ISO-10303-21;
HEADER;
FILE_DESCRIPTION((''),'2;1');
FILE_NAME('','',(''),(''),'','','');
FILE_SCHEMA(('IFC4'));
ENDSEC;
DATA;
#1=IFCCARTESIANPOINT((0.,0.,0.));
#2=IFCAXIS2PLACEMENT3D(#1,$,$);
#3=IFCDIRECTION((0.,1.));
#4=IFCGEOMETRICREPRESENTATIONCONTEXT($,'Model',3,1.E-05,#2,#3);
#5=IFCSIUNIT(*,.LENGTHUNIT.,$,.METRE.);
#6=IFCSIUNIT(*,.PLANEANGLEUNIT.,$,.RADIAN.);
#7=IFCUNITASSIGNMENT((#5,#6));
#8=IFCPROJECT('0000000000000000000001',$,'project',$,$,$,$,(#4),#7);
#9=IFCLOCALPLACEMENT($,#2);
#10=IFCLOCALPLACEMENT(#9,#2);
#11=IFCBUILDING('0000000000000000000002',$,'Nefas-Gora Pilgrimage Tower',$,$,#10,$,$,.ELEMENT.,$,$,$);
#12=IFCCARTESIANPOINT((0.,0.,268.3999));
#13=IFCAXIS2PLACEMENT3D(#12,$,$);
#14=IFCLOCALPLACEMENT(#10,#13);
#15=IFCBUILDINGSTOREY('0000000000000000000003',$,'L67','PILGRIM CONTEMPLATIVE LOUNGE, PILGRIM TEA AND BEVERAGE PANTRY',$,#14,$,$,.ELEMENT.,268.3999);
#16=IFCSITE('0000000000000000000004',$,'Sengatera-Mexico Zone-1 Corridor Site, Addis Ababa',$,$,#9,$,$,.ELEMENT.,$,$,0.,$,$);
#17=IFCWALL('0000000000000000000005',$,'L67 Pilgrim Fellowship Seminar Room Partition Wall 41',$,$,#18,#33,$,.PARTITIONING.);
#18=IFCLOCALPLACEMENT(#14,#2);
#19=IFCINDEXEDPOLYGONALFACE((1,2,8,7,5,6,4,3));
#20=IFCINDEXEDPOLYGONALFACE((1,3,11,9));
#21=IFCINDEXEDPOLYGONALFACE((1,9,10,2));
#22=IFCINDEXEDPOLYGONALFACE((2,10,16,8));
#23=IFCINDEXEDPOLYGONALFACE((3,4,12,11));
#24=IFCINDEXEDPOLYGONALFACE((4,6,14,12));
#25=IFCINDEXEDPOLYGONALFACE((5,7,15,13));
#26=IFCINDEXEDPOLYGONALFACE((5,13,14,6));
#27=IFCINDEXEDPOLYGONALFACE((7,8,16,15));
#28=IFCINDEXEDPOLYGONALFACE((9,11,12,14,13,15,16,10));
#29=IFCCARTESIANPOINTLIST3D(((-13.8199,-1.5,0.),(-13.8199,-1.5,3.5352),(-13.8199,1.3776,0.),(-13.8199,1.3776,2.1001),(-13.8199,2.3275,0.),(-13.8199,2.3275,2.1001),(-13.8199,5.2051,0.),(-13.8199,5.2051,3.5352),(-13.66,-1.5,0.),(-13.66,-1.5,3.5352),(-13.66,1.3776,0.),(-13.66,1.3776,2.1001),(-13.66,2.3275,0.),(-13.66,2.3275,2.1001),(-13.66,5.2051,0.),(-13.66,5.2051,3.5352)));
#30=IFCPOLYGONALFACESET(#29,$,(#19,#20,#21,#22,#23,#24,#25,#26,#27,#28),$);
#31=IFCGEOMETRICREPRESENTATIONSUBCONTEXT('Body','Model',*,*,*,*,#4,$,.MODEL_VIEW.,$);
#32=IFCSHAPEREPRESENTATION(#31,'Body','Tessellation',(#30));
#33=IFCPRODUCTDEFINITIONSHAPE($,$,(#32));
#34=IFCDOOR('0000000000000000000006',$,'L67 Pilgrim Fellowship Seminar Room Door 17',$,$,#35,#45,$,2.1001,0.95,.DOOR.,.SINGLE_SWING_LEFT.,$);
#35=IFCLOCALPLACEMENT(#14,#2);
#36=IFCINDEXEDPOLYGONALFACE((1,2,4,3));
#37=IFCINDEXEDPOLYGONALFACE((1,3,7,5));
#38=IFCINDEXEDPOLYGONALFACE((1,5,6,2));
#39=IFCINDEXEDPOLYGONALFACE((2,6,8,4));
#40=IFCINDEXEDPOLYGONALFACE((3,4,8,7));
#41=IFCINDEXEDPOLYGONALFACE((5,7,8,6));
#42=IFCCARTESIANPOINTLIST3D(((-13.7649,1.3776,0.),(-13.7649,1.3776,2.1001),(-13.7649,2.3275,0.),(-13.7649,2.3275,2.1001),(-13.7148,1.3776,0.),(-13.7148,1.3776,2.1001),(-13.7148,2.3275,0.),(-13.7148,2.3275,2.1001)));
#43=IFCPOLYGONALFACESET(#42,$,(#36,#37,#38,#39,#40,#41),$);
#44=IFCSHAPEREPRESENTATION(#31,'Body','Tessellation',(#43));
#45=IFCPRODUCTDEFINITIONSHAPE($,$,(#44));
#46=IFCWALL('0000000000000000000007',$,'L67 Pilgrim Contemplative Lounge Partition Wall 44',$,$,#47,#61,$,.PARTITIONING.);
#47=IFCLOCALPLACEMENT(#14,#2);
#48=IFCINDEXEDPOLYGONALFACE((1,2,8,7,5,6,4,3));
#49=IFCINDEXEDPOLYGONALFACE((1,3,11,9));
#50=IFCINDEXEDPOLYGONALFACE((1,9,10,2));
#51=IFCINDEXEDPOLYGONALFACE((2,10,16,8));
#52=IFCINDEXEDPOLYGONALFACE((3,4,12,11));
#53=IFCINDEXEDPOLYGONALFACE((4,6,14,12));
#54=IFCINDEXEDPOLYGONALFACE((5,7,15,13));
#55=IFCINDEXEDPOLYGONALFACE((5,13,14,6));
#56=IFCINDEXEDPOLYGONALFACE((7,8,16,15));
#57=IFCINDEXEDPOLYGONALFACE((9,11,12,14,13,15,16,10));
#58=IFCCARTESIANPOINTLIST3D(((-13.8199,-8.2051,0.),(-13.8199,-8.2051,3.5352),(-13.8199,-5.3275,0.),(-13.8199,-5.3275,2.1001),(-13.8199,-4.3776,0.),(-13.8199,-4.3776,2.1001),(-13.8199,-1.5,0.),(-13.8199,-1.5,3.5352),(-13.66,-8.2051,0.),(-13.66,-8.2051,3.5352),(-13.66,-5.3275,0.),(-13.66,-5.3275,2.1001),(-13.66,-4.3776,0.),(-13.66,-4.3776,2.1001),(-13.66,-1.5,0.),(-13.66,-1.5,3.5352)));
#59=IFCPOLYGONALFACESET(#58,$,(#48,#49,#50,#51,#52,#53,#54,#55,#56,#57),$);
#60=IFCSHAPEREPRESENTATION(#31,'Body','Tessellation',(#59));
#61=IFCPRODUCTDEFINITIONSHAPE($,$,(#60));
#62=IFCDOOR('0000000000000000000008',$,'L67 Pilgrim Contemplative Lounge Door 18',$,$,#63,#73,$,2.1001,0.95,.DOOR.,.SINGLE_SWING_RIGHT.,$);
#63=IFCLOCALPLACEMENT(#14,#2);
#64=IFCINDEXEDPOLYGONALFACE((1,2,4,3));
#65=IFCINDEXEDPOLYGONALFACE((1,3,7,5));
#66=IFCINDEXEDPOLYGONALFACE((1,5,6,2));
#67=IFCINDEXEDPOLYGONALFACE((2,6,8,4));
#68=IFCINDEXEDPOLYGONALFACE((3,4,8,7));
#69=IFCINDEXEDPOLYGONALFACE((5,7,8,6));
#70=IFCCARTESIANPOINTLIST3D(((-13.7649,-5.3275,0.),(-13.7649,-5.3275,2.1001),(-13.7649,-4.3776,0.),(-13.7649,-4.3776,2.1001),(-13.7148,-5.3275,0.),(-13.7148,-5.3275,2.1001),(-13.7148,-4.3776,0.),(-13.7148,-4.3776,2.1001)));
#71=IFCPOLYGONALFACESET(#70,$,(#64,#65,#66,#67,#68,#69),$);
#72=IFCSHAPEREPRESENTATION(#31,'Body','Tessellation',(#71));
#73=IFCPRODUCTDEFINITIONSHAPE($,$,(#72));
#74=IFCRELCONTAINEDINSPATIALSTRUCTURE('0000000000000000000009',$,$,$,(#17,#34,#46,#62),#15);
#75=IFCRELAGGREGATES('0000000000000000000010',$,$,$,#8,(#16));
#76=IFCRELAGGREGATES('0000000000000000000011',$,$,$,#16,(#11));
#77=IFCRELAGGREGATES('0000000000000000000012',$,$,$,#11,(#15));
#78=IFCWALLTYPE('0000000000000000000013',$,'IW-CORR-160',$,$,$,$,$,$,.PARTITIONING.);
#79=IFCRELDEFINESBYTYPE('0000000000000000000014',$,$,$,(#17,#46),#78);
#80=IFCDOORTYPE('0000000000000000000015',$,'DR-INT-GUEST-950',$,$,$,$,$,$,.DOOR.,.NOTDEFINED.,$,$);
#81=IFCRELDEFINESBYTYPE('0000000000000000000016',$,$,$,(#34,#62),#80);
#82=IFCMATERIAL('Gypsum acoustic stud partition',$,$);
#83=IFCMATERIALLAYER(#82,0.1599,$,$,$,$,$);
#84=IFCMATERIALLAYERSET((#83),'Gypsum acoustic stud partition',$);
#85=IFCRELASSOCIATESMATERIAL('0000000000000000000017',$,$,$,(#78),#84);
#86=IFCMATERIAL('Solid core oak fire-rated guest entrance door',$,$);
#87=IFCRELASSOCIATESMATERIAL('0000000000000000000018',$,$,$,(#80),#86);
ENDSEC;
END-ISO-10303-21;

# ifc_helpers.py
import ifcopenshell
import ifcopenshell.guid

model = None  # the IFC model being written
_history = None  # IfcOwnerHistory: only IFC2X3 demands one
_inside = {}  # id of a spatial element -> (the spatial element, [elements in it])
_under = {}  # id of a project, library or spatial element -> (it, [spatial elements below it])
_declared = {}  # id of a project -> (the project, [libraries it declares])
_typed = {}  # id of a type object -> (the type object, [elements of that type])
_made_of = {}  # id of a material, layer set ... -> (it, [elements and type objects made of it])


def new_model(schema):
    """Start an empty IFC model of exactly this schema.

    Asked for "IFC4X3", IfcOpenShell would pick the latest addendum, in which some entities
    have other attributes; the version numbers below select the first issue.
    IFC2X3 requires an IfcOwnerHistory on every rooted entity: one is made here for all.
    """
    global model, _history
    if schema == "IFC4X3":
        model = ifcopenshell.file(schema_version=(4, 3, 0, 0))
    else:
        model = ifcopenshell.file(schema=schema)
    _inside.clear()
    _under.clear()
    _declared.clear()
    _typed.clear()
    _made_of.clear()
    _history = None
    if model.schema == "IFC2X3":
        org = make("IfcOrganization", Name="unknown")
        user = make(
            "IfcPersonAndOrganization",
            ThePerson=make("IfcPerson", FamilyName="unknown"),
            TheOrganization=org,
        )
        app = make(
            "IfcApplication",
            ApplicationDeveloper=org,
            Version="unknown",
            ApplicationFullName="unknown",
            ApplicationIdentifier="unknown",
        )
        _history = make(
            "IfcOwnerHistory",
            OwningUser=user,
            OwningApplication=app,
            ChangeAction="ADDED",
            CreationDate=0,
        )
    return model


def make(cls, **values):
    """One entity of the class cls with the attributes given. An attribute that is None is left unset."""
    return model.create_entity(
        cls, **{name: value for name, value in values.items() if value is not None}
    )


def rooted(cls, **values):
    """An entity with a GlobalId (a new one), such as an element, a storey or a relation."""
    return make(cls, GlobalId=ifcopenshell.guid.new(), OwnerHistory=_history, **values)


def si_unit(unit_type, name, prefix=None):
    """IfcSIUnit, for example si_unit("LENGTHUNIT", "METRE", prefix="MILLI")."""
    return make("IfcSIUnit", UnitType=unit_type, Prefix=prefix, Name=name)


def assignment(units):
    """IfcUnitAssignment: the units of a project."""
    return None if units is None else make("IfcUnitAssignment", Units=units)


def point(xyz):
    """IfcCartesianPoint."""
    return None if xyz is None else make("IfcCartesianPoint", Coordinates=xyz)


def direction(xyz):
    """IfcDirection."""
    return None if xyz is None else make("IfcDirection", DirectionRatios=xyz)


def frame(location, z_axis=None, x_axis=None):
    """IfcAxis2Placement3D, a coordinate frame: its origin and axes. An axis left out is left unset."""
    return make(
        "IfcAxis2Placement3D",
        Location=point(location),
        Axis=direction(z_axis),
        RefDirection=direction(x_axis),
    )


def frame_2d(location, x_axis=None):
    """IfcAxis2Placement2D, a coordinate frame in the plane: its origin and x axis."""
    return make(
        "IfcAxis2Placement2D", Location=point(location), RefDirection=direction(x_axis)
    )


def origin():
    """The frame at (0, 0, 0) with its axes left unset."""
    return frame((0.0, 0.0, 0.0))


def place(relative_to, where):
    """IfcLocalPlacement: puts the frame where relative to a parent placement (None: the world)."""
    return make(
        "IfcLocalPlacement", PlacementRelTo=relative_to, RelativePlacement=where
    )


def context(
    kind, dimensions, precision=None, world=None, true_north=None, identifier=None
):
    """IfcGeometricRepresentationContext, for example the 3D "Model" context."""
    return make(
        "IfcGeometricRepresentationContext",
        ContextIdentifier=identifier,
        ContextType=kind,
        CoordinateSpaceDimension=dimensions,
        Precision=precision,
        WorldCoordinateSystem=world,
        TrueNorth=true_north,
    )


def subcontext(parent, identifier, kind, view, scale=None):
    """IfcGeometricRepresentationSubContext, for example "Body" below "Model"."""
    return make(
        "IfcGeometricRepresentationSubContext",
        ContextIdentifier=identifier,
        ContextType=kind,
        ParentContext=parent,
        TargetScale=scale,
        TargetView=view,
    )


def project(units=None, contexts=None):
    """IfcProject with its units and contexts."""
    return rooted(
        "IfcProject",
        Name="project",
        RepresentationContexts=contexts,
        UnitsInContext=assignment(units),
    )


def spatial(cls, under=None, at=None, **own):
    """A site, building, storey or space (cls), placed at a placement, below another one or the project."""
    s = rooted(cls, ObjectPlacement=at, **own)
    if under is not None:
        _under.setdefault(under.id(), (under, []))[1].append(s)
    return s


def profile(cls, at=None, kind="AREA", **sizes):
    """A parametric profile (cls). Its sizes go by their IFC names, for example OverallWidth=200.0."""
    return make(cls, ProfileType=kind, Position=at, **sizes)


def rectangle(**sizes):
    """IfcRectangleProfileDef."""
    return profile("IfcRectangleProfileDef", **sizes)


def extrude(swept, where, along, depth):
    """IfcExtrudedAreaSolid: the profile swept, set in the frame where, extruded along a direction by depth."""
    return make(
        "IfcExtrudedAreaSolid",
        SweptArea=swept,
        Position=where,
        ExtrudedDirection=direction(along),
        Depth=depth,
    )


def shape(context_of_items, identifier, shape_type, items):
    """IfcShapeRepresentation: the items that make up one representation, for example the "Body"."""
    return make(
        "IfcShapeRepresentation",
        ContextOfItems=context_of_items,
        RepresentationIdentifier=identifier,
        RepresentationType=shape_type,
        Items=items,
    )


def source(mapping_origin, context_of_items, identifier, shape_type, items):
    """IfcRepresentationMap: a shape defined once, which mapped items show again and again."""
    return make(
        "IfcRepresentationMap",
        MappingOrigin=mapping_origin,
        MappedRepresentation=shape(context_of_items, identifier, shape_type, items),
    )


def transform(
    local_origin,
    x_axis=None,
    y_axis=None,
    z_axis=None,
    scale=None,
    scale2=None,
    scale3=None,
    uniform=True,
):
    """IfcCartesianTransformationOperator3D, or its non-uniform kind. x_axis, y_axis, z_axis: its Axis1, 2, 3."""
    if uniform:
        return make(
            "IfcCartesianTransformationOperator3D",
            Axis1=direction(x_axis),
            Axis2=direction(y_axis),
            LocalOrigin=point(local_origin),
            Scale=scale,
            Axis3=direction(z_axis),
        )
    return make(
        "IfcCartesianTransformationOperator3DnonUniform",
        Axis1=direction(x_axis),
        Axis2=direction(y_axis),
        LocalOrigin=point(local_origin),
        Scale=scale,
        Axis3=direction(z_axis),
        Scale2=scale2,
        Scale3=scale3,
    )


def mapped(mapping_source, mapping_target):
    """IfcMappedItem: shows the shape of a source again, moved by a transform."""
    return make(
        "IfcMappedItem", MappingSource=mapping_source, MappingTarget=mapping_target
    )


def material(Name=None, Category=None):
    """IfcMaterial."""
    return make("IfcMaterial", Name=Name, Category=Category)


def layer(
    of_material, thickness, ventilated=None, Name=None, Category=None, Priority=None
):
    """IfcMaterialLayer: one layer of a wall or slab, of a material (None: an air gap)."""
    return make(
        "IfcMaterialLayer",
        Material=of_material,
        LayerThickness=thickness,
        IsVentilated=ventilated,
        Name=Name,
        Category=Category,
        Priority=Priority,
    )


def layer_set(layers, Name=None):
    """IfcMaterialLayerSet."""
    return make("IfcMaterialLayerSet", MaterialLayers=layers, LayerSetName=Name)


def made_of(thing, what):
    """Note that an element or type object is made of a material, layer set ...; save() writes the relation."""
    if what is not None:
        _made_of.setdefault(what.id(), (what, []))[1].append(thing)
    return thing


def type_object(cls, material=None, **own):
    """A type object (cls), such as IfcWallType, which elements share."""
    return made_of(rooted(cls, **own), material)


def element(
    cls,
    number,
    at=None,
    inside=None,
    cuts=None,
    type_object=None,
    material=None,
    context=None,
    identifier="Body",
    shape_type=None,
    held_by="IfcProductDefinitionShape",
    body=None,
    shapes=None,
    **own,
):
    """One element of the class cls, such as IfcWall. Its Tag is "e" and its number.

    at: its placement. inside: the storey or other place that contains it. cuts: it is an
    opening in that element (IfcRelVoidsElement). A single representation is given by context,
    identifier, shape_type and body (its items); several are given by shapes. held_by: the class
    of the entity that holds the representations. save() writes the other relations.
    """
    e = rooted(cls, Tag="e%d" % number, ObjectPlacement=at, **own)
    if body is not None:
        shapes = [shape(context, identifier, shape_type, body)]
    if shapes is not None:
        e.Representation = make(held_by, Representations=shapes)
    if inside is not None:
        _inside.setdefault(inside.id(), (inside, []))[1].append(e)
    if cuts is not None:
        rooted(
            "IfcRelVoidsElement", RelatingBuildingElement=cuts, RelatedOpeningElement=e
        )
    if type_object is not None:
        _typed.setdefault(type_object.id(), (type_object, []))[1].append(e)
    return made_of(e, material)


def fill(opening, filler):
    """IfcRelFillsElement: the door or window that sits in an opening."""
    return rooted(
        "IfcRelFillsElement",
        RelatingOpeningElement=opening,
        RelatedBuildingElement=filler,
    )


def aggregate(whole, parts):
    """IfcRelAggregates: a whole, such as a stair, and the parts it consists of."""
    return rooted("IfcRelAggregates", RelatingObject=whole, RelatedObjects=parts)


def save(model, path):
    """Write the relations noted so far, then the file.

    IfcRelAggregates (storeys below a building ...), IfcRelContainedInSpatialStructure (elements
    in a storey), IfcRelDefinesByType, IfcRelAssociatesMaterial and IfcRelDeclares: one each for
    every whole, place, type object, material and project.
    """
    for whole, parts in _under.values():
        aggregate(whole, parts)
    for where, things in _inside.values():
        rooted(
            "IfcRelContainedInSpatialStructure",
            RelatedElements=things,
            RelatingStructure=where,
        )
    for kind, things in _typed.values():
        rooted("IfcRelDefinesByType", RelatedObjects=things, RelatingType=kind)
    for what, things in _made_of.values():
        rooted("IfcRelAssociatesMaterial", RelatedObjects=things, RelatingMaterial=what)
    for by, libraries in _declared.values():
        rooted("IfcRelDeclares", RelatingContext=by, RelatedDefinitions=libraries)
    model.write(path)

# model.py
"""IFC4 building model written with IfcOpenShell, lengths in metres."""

from ifc_helpers import new_model, si_unit, direction, frame, frame_2d, origin, place, context, subcontext, project, spatial, rectangle, extrude, source, transform, mapped, material, layer, layer_set, type_object, element, fill, save


model = new_model("IFC4")

# Units and contexts
model_context = context("Model", 3, precision=1e-05, world=origin(), true_north=direction((0.0, 1.0)))
body_context = subcontext(model_context, "Body", "Model", "MODEL_VIEW")
ifc_project = project(units=[si_unit("LENGTHUNIT", "METRE"), si_unit("PLANEANGLEUNIT", "RADIAN")], contexts=[model_context])

# Site, building, storey
site_placement = place(None, origin())
site = spatial("IfcSite", under=ifc_project, at=site_placement, Name="Sengatera-Mexico Zone-1 Corridor Site, Addis Ababa", CompositionType="ELEMENT", RefElevation=0.0)
building_placement = place(site_placement, origin())
building = spatial("IfcBuilding", under=site, at=building_placement, Name="Nefas-Gora Pilgrimage Tower", CompositionType="ELEMENT")
storey_placement = place(building_placement, frame((0.0, 0.0, 268.3999)))
storey = spatial("IfcBuildingStorey", under=building, at=storey_placement, Name="L67", Description="PILGRIM CONTEMPLATIVE LOUNGE, PILGRIM TEA AND BEVERAGE PANTRY", CompositionType="ELEMENT", Elevation=268.3999)

# Walls, openings, doors
ifc_material_1 = material(Name="Gypsum acoustic stud partition")
ifc_layer_1 = layer(ifc_material_1, 0.1599)
ifc_layer_set_1 = layer_set([ifc_layer_1], Name="Gypsum acoustic stud partition")
wall_type_1 = type_object("IfcWallType", Name="IW-CORR-160", PredefinedType="PARTITIONING", material=ifc_layer_set_1)
shared_shape_1 = source(origin(), body_context, "Body", "SweptSolid", [
    extrude(rectangle(XDim=6.7051, YDim=0.1599, at=frame_2d((3.3525, 0.0))), origin(), (0.0, 0.0, 1.0), 3.5352),
])
wall_1_placement = place(storey_placement, frame((-13.74, -1.5, 0.0), z_axis=(0.0, 0.0, 1.0), x_axis=(0.0, 1.0, 0.0)))
wall_1 = element("IfcWall", 1, at=wall_1_placement, inside=storey, type_object=wall_type_1, Name="L67 Pilgrim Fellowship Seminar Room Partition Wall 41", PredefinedType="PARTITIONING", context=body_context, shape_type="MappedRepresentation", body=[
    mapped(shared_shape_1, transform((0.0, 0.0, 0.0), x_axis=(1.0, 0.0, 0.0), y_axis=(0.0, 1.0, 0.0), z_axis=(0.0, 0.0, 1.0), scale=1.0)),
])
opening_1_placement = place(wall_1_placement, frame((2.8774, 0.0, 0.0)))
opening_1 = element("IfcOpeningElement", 2, at=opening_1_placement, cuts=wall_1, PredefinedType="OPENING", context=body_context, shape_type="SweptSolid", body=[
    extrude(rectangle(XDim=0.95, YDim=2.1001, at=frame_2d((0.4751, 1.05))), frame((0.0, 0.0898, 0.0), z_axis=(0.0, -1.0, 0.0), x_axis=(1.0, 0.0, 0.0)), (0.0, 0.0, 1.0), 0.1799),
])
ifc_material_2 = material(Name="Solid core oak fire-rated guest entrance door")
door_type_1 = type_object("IfcDoorType", Name="DR-INT-GUEST-950", OperationType="NOTDEFINED", PredefinedType="DOOR", material=ifc_material_2)
shared_shape_2 = source(origin(), body_context, "Body", "SweptSolid", [
    extrude(rectangle(XDim=0.95, YDim=2.1001, at=frame_2d((0.4751, 1.05))), frame((0.0, 0.0249, 0.0), z_axis=(0.0, -1.0, 0.0), x_axis=(1.0, 0.0, 0.0)), (0.0, 0.0, 1.0), 0.05),
])
door_1_placement = place(opening_1_placement, origin())
door_1 = element("IfcDoor", 3, at=door_1_placement, inside=storey, type_object=door_type_1, Name="L67 Pilgrim Fellowship Seminar Room Door 17", OperationType="SINGLE_SWING_LEFT", OverallHeight=2.1001, OverallWidth=0.95, PredefinedType="DOOR", context=body_context, shape_type="MappedRepresentation", body=[
    mapped(shared_shape_2, transform((0.0, 0.0, 0.0), x_axis=(1.0, 0.0, 0.0), y_axis=(0.0, 1.0, 0.0), z_axis=(0.0, 0.0, 1.0), scale=1.0)),
])
fill(opening_1, door_1)
wall_2_placement = place(storey_placement, frame((-13.74, -8.2051, 0.0), z_axis=(0.0, 0.0, 1.0), x_axis=(0.0, 1.0, 0.0)))
wall_2 = element("IfcWall", 4, at=wall_2_placement, inside=storey, type_object=wall_type_1, Name="L67 Pilgrim Contemplative Lounge Partition Wall 44", PredefinedType="PARTITIONING", context=body_context, shape_type="MappedRepresentation", body=[
    mapped(shared_shape_1, transform((0.0, 0.0, 0.0), x_axis=(1.0, 0.0, 0.0), y_axis=(0.0, 1.0, 0.0), z_axis=(0.0, 0.0, 1.0), scale=1.0)),
])
opening_2_placement = place(wall_2_placement, frame((2.8774, 0.0, 0.0)))
opening_2 = element("IfcOpeningElement", 5, at=opening_2_placement, cuts=wall_2, PredefinedType="OPENING", context=body_context, shape_type="SweptSolid", body=[
    extrude(rectangle(XDim=0.95, YDim=2.1001, at=frame_2d((0.4751, 1.05))), frame((0.0, 0.0898, 0.0), z_axis=(0.0, -1.0, 0.0), x_axis=(1.0, 0.0, 0.0)), (0.0, 0.0, 1.0), 0.1799),
])
door_2_placement = place(opening_2_placement, origin())
door_2 = element("IfcDoor", 6, at=door_2_placement, inside=storey, type_object=door_type_1, Name="L67 Pilgrim Contemplative Lounge Door 18", OperationType="SINGLE_SWING_RIGHT", OverallHeight=2.1001, OverallWidth=0.95, PredefinedType="DOOR", context=body_context, shape_type="MappedRepresentation", body=[
    mapped(shared_shape_2, transform((0.0, 0.0, 0.0), x_axis=(1.0, 0.0, 0.0), y_axis=(0.0, 1.0, 0.0), z_axis=(0.0, 0.0, 1.0), scale=1.0)),
])
fill(opening_2, door_2)

save(model, "model.ifc")
